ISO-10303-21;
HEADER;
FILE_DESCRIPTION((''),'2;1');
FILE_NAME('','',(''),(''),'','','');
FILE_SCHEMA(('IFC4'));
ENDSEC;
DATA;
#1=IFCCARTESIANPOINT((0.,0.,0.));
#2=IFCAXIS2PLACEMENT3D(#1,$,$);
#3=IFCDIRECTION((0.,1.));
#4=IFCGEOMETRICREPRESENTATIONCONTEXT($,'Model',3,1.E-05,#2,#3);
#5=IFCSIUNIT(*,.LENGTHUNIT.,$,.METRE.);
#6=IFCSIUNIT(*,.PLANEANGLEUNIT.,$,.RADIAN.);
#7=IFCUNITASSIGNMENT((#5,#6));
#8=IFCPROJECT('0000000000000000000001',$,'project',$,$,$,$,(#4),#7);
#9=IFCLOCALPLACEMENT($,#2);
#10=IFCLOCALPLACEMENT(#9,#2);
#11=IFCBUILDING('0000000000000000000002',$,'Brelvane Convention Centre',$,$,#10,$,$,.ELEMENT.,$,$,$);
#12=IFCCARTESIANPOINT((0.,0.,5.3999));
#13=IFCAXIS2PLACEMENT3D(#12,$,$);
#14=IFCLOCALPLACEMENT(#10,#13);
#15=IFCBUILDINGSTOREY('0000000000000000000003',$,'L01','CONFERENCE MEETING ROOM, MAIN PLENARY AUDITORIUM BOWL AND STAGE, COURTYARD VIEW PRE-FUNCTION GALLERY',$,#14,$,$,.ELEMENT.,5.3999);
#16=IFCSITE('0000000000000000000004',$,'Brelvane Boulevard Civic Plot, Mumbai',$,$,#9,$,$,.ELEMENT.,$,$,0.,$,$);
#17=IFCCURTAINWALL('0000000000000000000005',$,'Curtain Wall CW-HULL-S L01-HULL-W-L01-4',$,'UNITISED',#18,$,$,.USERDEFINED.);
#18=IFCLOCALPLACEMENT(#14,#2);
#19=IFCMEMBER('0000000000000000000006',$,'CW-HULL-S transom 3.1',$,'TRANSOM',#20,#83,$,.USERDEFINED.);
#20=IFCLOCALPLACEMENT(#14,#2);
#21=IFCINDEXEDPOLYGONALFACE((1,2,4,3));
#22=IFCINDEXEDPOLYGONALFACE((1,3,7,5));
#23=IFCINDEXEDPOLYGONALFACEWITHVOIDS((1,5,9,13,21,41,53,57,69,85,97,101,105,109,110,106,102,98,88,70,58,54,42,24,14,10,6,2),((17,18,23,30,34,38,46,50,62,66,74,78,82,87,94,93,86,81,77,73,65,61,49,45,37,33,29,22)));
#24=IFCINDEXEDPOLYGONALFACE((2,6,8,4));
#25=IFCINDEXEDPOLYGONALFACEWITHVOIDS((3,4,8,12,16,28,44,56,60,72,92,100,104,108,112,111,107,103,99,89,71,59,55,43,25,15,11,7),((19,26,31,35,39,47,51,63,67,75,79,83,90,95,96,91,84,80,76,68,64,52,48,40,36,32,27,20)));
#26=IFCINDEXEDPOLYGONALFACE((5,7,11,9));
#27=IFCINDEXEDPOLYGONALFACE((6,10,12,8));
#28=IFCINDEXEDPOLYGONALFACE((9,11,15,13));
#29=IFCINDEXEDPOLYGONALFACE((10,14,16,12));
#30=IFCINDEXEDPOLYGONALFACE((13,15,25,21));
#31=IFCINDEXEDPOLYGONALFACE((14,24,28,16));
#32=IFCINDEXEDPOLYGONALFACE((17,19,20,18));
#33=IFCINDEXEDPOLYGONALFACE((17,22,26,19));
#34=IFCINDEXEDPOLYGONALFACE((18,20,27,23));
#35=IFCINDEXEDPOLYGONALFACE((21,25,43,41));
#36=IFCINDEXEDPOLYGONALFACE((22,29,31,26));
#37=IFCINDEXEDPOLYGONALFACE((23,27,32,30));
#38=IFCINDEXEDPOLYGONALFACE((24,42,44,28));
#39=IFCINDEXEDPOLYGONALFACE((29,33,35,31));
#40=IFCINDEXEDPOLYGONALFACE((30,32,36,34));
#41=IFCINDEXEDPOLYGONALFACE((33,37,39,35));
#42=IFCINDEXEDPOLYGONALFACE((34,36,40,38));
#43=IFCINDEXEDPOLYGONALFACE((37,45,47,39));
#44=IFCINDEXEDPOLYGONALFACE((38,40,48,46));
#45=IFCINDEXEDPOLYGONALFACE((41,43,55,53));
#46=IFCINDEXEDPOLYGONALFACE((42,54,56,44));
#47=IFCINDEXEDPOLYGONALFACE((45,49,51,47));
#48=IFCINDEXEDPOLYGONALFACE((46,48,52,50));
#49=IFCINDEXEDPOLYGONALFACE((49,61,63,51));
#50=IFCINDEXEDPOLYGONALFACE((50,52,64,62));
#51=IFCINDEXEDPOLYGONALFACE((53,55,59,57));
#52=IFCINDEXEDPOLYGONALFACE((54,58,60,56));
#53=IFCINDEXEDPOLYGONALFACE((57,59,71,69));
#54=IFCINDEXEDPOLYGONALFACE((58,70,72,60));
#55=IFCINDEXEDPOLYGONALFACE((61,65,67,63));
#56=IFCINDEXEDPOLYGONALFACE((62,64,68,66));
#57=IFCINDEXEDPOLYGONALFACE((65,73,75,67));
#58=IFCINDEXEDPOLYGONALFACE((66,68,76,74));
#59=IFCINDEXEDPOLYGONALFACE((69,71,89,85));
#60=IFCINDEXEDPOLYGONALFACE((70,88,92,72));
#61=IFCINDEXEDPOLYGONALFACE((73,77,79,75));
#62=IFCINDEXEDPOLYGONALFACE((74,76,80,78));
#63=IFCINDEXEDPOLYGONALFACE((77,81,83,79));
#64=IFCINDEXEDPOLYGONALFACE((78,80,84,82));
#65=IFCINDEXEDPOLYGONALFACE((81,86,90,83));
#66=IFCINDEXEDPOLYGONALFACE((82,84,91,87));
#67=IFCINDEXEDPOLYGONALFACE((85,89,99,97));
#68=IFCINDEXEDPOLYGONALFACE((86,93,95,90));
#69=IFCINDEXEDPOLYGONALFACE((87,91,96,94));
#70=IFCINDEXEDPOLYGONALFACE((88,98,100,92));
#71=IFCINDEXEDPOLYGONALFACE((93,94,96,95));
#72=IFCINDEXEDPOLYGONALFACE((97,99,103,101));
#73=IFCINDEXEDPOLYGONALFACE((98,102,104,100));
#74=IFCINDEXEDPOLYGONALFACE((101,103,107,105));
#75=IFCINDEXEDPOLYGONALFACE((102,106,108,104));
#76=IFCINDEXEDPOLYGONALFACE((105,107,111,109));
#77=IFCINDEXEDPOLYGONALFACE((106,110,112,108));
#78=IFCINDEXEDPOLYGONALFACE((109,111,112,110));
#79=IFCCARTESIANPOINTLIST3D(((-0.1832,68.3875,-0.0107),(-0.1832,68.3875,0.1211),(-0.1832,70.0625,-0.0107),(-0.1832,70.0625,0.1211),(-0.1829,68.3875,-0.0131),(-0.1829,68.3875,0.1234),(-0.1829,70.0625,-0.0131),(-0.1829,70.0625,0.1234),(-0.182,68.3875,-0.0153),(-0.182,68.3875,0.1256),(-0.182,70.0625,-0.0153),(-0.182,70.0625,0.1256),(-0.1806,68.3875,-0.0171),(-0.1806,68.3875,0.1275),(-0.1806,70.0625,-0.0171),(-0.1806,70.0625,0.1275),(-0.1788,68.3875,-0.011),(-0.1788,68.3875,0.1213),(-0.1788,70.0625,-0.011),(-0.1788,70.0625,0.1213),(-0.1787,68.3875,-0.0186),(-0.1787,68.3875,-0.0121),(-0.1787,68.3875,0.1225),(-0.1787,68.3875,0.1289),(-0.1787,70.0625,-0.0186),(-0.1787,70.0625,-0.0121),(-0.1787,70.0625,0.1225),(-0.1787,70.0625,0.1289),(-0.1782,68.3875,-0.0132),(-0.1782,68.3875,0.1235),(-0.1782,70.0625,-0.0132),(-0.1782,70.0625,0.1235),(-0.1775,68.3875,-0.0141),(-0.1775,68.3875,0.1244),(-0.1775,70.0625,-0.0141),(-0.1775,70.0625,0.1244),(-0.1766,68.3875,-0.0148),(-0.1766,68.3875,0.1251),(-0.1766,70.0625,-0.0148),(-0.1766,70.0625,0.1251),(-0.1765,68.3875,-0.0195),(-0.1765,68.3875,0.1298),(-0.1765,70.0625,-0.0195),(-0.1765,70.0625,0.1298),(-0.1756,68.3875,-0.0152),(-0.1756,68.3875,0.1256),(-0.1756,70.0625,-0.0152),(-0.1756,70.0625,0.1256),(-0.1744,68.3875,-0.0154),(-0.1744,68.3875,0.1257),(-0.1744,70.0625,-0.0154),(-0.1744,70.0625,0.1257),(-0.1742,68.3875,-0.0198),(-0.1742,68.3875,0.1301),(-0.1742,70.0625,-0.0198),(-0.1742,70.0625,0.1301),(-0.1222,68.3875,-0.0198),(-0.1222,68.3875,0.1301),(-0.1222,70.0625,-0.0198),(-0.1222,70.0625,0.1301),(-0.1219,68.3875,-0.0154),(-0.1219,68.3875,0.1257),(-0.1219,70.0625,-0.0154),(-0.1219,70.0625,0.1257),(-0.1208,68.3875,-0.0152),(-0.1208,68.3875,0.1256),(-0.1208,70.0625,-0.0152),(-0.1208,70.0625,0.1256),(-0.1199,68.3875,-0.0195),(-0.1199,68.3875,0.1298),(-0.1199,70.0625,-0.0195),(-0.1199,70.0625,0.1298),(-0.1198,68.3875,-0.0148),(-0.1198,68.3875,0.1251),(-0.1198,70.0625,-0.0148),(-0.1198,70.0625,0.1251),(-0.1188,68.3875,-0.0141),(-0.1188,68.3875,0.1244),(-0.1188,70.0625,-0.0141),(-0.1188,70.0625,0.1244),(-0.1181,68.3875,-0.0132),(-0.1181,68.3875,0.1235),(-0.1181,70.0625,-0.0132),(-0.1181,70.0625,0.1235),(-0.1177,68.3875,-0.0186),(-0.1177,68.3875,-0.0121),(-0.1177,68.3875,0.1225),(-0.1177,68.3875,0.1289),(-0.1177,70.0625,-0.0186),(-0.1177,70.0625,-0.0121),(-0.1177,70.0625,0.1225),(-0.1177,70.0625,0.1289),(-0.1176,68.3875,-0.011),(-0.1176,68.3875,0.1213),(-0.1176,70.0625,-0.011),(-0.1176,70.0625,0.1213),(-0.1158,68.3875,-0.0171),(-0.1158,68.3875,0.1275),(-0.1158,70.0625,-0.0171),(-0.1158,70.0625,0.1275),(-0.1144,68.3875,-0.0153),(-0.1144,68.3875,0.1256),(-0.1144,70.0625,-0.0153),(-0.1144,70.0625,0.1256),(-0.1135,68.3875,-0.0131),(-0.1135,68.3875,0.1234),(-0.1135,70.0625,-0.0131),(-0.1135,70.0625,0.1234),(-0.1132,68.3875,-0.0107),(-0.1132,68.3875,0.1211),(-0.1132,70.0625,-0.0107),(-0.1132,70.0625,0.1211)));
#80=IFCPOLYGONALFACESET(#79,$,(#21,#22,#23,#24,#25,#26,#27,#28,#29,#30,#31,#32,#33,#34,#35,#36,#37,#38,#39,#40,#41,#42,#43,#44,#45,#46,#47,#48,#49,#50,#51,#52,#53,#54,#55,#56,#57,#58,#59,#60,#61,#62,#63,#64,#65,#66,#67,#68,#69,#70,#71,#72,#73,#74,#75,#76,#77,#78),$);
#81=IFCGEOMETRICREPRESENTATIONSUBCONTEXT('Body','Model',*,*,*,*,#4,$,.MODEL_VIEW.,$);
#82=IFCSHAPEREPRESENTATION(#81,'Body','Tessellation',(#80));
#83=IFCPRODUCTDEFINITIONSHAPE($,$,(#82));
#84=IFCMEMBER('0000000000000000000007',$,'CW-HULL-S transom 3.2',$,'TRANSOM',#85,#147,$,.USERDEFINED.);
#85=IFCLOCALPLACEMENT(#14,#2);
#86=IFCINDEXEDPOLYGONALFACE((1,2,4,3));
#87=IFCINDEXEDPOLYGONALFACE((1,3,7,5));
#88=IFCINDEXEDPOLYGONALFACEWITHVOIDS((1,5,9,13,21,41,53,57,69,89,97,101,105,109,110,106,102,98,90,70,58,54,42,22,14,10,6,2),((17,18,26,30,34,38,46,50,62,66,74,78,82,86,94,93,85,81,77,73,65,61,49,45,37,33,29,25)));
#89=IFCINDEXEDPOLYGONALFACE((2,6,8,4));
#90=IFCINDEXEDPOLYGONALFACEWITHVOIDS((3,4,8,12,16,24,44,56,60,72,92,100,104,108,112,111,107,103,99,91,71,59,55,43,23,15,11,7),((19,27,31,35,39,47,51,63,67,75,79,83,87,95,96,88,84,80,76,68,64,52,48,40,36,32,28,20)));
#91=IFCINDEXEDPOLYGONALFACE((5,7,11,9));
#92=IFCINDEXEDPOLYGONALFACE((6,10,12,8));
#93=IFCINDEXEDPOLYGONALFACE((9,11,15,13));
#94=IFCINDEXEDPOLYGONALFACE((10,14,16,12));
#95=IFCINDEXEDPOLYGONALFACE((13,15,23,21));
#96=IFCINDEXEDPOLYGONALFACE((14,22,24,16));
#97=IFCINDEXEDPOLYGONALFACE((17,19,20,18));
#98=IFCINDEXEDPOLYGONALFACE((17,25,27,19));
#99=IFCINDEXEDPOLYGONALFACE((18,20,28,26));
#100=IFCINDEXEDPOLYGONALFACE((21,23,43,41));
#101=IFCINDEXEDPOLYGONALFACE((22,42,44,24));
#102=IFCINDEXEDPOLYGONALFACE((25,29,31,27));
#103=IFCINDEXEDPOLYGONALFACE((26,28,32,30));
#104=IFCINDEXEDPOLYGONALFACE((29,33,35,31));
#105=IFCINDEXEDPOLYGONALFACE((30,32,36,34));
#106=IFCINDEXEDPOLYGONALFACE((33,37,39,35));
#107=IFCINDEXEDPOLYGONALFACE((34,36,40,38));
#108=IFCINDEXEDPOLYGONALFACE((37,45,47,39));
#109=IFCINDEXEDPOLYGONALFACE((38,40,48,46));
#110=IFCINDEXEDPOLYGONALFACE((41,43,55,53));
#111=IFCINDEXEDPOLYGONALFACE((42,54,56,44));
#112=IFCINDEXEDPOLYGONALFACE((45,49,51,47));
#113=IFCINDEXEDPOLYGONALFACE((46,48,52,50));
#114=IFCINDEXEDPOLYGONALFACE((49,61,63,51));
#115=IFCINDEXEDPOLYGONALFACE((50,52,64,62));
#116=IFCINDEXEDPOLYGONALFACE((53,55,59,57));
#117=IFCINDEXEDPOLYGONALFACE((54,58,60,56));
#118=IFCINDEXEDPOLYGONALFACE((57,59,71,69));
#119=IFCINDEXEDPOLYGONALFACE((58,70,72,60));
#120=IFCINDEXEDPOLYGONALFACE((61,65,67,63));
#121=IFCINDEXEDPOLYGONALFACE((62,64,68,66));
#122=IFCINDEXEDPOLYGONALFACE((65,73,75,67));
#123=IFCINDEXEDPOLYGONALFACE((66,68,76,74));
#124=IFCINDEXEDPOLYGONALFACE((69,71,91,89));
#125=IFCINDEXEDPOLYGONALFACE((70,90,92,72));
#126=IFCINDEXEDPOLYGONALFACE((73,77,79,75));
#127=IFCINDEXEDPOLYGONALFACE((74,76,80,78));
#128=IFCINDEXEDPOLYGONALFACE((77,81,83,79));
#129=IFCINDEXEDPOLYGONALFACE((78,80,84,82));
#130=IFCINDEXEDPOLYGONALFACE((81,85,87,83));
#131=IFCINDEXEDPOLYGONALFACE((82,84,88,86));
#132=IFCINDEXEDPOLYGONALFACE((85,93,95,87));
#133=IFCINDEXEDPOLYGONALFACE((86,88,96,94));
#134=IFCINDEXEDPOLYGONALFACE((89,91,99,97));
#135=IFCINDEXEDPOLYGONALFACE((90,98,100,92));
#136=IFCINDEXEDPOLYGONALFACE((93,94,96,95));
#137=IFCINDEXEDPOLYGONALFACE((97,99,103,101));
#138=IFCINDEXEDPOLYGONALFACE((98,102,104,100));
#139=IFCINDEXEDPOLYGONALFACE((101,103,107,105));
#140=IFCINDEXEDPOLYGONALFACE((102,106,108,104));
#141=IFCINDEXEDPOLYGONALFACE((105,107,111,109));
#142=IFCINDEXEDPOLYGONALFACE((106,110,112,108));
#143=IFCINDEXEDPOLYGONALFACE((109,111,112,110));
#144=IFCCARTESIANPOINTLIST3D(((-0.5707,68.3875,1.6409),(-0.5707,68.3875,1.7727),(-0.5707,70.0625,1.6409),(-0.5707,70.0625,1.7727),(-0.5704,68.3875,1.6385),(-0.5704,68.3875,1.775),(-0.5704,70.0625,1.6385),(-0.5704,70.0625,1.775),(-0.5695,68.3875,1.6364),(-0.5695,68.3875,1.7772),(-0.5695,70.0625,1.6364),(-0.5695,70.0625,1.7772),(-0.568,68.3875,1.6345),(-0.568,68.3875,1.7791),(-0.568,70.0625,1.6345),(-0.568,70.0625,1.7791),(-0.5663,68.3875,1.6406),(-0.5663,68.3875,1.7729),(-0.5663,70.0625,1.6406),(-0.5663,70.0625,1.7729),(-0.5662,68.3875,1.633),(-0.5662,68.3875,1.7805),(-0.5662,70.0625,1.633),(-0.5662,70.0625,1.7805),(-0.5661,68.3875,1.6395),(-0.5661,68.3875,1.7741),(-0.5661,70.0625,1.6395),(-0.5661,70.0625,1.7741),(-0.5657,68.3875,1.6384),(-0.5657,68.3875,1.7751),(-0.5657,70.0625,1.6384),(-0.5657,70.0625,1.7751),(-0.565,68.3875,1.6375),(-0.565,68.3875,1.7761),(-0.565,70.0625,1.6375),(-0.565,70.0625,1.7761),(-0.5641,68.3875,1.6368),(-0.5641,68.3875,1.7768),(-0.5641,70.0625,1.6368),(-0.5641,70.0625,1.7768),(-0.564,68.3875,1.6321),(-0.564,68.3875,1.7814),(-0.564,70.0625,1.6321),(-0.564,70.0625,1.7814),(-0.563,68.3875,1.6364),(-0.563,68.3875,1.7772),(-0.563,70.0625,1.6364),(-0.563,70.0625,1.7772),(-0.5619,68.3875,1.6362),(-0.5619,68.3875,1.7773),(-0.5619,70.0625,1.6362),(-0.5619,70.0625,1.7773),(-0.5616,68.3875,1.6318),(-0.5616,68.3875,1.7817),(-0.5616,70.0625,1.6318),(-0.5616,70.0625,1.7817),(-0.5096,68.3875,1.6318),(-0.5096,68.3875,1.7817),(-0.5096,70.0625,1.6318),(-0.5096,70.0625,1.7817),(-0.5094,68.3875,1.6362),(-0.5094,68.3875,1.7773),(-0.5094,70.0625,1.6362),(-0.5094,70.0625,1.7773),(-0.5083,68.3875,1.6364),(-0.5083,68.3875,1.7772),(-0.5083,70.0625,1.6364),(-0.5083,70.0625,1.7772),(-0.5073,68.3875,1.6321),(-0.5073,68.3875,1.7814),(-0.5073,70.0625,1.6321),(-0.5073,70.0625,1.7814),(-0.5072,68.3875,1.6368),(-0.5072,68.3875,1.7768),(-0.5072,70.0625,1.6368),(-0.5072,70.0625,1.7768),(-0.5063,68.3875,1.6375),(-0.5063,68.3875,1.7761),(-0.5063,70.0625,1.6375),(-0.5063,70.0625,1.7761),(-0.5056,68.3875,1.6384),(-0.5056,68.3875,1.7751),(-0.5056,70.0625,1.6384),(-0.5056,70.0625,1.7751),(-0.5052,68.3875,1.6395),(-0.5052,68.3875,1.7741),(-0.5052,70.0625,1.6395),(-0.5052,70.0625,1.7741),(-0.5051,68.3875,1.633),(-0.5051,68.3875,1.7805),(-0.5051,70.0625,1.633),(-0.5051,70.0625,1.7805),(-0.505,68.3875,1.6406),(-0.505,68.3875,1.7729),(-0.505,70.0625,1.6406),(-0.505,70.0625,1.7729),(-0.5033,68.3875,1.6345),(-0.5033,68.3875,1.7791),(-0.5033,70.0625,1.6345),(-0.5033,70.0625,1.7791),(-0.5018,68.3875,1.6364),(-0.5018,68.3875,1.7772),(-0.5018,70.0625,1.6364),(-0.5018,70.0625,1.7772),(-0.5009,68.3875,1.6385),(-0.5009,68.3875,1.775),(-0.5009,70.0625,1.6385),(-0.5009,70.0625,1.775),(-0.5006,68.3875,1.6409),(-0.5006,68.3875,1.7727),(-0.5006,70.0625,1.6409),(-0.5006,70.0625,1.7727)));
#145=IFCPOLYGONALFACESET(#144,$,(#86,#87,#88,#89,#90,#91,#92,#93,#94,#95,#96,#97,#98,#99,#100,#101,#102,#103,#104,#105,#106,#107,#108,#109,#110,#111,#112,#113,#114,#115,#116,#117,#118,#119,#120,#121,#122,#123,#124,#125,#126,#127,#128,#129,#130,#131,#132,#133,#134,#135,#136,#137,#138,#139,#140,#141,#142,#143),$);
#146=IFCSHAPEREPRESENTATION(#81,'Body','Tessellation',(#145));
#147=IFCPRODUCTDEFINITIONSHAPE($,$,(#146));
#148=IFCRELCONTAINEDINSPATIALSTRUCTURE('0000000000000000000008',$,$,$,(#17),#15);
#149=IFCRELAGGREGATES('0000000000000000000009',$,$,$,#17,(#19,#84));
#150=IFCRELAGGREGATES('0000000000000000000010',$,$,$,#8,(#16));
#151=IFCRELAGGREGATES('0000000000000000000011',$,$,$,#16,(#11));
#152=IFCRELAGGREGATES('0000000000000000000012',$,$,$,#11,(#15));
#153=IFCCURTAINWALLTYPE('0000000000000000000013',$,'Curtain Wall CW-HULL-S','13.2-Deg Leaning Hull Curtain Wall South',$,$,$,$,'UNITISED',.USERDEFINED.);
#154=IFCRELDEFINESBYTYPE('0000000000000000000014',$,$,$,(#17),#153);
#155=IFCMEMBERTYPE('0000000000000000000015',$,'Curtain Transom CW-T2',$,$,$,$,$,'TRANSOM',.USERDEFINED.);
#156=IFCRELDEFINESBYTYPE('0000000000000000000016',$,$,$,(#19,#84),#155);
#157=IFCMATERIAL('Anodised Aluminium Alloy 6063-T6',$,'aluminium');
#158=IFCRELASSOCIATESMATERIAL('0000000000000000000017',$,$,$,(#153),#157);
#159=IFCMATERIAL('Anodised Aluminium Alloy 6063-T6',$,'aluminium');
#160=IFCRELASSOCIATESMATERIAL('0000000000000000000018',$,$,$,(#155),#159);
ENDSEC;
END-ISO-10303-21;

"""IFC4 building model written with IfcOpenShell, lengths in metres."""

from ifc_helpers import new_model, si_unit, direction, frame, origin, origin_2d, place, context, subcontext, project, spatial, hollow_rectangle, extrude, material, material_profile, profile_set, type_object, element, aggregate, save


model = new_model("IFC4")

# Units and contexts
model_context = context("Model", 3, precision=1e-05, world=origin(), true_north=direction((0.0, 1.0)))
body_context = subcontext(model_context, "Body", "Model", "MODEL_VIEW")
ifc_project = project(units=[si_unit("LENGTHUNIT", "METRE"), si_unit("PLANEANGLEUNIT", "RADIAN")], contexts=[model_context])

# Site, building, storey
site_placement = place(None, origin())
site = spatial("IfcSite", under=ifc_project, at=site_placement, Name="Brelvane Boulevard Civic Plot, Mumbai", CompositionType="ELEMENT", RefElevation=0.0)
building_placement = place(site_placement, origin())
building = spatial("IfcBuilding", under=site, at=building_placement, Name="Brelvane Convention Centre", CompositionType="ELEMENT")
storey_placement = place(building_placement, frame((0.0, 0.0, 5.3999)))
storey = spatial("IfcBuildingStorey", under=building, at=storey_placement, Name="L01", Description="CONFERENCE MEETING ROOM, MAIN PLENARY AUDITORIUM BOWL AND STAGE, COURTYARD VIEW PRE-FUNCTION GALLERY", CompositionType="ELEMENT", Elevation=5.3999)

# Curtain wall, members
ifc_material_1 = material(Name="Anodised Aluminium Alloy 6063-T6", Category="aluminium")
curtain_wall_type = type_object("IfcCurtainWallType", Name="Curtain Wall CW-HULL-S", Description="13.2-Deg Leaning Hull Curtain Wall South", ElementType="UNITISED", PredefinedType="USERDEFINED", material=ifc_material_1)
curtain_wall_placement = place(storey_placement, origin())
curtain_wall = element("IfcCurtainWall", 1, at=curtain_wall_placement, inside=storey, type_object=curtain_wall_type, Name="Curtain Wall CW-HULL-S L01-HULL-W-L01-4", ObjectType="UNITISED", PredefinedType="USERDEFINED")
ifc_material_2 = material(Name="Anodised Aluminium Alloy 6063-T6", Category="aluminium")
ifc_material_profile_1 = material_profile(ifc_material_2, hollow_rectangle(XDim=0.0701, YDim=0.1499, WallThickness=0.0044, InnerFilletRadius=0.0044, OuterFilletRadius=0.009, at=origin_2d()), Name="ALU-T 150x70x4.5")
ifc_profile_set_1 = profile_set([ifc_material_profile_1], Name="Anodised Aluminium Alloy 6063-T6")
member_type_1 = type_object("IfcMemberType", Name="Curtain Transom CW-T2", ElementType="TRANSOM", PredefinedType="USERDEFINED", material=ifc_profile_set_1)
member_1_placement = place(storey_placement, frame((-0.1482, 68.3875, 0.0552), z_axis=(0.0, 1.0, 0.0), x_axis=(-1.0, 0.0, 0.0)))
member_1 = element("IfcMember", 2, at=member_1_placement, type_object=member_type_1, Name="CW-HULL-S transom 3.1", ObjectType="TRANSOM", PredefinedType="USERDEFINED", context=body_context, shape_type="SweptSolid", body=[
    extrude(hollow_rectangle(XDim=0.0701, YDim=0.1499, WallThickness=0.0044, InnerFilletRadius=0.0044, OuterFilletRadius=0.009, at=origin_2d()), origin(), (0.0, 0.0, 1.0), 1.675),
])
member_2_placement = place(storey_placement, frame((-0.5356, 68.3875, 1.7068), z_axis=(0.0, 1.0, 0.0), x_axis=(-1.0, 0.0, 0.0)))
member_2 = element("IfcMember", 3, at=member_2_placement, type_object=member_type_1, Name="CW-HULL-S transom 3.2", ObjectType="TRANSOM", PredefinedType="USERDEFINED", context=body_context, shape_type="SweptSolid", body=[
    extrude(hollow_rectangle(XDim=0.0701, YDim=0.1499, WallThickness=0.0044, InnerFilletRadius=0.0044, OuterFilletRadius=0.009, at=origin_2d()), origin(), (0.0, 0.0, 1.0), 1.675),
])
aggregate(curtain_wall, [member_1, member_2])

save(model, "model.ifc")
